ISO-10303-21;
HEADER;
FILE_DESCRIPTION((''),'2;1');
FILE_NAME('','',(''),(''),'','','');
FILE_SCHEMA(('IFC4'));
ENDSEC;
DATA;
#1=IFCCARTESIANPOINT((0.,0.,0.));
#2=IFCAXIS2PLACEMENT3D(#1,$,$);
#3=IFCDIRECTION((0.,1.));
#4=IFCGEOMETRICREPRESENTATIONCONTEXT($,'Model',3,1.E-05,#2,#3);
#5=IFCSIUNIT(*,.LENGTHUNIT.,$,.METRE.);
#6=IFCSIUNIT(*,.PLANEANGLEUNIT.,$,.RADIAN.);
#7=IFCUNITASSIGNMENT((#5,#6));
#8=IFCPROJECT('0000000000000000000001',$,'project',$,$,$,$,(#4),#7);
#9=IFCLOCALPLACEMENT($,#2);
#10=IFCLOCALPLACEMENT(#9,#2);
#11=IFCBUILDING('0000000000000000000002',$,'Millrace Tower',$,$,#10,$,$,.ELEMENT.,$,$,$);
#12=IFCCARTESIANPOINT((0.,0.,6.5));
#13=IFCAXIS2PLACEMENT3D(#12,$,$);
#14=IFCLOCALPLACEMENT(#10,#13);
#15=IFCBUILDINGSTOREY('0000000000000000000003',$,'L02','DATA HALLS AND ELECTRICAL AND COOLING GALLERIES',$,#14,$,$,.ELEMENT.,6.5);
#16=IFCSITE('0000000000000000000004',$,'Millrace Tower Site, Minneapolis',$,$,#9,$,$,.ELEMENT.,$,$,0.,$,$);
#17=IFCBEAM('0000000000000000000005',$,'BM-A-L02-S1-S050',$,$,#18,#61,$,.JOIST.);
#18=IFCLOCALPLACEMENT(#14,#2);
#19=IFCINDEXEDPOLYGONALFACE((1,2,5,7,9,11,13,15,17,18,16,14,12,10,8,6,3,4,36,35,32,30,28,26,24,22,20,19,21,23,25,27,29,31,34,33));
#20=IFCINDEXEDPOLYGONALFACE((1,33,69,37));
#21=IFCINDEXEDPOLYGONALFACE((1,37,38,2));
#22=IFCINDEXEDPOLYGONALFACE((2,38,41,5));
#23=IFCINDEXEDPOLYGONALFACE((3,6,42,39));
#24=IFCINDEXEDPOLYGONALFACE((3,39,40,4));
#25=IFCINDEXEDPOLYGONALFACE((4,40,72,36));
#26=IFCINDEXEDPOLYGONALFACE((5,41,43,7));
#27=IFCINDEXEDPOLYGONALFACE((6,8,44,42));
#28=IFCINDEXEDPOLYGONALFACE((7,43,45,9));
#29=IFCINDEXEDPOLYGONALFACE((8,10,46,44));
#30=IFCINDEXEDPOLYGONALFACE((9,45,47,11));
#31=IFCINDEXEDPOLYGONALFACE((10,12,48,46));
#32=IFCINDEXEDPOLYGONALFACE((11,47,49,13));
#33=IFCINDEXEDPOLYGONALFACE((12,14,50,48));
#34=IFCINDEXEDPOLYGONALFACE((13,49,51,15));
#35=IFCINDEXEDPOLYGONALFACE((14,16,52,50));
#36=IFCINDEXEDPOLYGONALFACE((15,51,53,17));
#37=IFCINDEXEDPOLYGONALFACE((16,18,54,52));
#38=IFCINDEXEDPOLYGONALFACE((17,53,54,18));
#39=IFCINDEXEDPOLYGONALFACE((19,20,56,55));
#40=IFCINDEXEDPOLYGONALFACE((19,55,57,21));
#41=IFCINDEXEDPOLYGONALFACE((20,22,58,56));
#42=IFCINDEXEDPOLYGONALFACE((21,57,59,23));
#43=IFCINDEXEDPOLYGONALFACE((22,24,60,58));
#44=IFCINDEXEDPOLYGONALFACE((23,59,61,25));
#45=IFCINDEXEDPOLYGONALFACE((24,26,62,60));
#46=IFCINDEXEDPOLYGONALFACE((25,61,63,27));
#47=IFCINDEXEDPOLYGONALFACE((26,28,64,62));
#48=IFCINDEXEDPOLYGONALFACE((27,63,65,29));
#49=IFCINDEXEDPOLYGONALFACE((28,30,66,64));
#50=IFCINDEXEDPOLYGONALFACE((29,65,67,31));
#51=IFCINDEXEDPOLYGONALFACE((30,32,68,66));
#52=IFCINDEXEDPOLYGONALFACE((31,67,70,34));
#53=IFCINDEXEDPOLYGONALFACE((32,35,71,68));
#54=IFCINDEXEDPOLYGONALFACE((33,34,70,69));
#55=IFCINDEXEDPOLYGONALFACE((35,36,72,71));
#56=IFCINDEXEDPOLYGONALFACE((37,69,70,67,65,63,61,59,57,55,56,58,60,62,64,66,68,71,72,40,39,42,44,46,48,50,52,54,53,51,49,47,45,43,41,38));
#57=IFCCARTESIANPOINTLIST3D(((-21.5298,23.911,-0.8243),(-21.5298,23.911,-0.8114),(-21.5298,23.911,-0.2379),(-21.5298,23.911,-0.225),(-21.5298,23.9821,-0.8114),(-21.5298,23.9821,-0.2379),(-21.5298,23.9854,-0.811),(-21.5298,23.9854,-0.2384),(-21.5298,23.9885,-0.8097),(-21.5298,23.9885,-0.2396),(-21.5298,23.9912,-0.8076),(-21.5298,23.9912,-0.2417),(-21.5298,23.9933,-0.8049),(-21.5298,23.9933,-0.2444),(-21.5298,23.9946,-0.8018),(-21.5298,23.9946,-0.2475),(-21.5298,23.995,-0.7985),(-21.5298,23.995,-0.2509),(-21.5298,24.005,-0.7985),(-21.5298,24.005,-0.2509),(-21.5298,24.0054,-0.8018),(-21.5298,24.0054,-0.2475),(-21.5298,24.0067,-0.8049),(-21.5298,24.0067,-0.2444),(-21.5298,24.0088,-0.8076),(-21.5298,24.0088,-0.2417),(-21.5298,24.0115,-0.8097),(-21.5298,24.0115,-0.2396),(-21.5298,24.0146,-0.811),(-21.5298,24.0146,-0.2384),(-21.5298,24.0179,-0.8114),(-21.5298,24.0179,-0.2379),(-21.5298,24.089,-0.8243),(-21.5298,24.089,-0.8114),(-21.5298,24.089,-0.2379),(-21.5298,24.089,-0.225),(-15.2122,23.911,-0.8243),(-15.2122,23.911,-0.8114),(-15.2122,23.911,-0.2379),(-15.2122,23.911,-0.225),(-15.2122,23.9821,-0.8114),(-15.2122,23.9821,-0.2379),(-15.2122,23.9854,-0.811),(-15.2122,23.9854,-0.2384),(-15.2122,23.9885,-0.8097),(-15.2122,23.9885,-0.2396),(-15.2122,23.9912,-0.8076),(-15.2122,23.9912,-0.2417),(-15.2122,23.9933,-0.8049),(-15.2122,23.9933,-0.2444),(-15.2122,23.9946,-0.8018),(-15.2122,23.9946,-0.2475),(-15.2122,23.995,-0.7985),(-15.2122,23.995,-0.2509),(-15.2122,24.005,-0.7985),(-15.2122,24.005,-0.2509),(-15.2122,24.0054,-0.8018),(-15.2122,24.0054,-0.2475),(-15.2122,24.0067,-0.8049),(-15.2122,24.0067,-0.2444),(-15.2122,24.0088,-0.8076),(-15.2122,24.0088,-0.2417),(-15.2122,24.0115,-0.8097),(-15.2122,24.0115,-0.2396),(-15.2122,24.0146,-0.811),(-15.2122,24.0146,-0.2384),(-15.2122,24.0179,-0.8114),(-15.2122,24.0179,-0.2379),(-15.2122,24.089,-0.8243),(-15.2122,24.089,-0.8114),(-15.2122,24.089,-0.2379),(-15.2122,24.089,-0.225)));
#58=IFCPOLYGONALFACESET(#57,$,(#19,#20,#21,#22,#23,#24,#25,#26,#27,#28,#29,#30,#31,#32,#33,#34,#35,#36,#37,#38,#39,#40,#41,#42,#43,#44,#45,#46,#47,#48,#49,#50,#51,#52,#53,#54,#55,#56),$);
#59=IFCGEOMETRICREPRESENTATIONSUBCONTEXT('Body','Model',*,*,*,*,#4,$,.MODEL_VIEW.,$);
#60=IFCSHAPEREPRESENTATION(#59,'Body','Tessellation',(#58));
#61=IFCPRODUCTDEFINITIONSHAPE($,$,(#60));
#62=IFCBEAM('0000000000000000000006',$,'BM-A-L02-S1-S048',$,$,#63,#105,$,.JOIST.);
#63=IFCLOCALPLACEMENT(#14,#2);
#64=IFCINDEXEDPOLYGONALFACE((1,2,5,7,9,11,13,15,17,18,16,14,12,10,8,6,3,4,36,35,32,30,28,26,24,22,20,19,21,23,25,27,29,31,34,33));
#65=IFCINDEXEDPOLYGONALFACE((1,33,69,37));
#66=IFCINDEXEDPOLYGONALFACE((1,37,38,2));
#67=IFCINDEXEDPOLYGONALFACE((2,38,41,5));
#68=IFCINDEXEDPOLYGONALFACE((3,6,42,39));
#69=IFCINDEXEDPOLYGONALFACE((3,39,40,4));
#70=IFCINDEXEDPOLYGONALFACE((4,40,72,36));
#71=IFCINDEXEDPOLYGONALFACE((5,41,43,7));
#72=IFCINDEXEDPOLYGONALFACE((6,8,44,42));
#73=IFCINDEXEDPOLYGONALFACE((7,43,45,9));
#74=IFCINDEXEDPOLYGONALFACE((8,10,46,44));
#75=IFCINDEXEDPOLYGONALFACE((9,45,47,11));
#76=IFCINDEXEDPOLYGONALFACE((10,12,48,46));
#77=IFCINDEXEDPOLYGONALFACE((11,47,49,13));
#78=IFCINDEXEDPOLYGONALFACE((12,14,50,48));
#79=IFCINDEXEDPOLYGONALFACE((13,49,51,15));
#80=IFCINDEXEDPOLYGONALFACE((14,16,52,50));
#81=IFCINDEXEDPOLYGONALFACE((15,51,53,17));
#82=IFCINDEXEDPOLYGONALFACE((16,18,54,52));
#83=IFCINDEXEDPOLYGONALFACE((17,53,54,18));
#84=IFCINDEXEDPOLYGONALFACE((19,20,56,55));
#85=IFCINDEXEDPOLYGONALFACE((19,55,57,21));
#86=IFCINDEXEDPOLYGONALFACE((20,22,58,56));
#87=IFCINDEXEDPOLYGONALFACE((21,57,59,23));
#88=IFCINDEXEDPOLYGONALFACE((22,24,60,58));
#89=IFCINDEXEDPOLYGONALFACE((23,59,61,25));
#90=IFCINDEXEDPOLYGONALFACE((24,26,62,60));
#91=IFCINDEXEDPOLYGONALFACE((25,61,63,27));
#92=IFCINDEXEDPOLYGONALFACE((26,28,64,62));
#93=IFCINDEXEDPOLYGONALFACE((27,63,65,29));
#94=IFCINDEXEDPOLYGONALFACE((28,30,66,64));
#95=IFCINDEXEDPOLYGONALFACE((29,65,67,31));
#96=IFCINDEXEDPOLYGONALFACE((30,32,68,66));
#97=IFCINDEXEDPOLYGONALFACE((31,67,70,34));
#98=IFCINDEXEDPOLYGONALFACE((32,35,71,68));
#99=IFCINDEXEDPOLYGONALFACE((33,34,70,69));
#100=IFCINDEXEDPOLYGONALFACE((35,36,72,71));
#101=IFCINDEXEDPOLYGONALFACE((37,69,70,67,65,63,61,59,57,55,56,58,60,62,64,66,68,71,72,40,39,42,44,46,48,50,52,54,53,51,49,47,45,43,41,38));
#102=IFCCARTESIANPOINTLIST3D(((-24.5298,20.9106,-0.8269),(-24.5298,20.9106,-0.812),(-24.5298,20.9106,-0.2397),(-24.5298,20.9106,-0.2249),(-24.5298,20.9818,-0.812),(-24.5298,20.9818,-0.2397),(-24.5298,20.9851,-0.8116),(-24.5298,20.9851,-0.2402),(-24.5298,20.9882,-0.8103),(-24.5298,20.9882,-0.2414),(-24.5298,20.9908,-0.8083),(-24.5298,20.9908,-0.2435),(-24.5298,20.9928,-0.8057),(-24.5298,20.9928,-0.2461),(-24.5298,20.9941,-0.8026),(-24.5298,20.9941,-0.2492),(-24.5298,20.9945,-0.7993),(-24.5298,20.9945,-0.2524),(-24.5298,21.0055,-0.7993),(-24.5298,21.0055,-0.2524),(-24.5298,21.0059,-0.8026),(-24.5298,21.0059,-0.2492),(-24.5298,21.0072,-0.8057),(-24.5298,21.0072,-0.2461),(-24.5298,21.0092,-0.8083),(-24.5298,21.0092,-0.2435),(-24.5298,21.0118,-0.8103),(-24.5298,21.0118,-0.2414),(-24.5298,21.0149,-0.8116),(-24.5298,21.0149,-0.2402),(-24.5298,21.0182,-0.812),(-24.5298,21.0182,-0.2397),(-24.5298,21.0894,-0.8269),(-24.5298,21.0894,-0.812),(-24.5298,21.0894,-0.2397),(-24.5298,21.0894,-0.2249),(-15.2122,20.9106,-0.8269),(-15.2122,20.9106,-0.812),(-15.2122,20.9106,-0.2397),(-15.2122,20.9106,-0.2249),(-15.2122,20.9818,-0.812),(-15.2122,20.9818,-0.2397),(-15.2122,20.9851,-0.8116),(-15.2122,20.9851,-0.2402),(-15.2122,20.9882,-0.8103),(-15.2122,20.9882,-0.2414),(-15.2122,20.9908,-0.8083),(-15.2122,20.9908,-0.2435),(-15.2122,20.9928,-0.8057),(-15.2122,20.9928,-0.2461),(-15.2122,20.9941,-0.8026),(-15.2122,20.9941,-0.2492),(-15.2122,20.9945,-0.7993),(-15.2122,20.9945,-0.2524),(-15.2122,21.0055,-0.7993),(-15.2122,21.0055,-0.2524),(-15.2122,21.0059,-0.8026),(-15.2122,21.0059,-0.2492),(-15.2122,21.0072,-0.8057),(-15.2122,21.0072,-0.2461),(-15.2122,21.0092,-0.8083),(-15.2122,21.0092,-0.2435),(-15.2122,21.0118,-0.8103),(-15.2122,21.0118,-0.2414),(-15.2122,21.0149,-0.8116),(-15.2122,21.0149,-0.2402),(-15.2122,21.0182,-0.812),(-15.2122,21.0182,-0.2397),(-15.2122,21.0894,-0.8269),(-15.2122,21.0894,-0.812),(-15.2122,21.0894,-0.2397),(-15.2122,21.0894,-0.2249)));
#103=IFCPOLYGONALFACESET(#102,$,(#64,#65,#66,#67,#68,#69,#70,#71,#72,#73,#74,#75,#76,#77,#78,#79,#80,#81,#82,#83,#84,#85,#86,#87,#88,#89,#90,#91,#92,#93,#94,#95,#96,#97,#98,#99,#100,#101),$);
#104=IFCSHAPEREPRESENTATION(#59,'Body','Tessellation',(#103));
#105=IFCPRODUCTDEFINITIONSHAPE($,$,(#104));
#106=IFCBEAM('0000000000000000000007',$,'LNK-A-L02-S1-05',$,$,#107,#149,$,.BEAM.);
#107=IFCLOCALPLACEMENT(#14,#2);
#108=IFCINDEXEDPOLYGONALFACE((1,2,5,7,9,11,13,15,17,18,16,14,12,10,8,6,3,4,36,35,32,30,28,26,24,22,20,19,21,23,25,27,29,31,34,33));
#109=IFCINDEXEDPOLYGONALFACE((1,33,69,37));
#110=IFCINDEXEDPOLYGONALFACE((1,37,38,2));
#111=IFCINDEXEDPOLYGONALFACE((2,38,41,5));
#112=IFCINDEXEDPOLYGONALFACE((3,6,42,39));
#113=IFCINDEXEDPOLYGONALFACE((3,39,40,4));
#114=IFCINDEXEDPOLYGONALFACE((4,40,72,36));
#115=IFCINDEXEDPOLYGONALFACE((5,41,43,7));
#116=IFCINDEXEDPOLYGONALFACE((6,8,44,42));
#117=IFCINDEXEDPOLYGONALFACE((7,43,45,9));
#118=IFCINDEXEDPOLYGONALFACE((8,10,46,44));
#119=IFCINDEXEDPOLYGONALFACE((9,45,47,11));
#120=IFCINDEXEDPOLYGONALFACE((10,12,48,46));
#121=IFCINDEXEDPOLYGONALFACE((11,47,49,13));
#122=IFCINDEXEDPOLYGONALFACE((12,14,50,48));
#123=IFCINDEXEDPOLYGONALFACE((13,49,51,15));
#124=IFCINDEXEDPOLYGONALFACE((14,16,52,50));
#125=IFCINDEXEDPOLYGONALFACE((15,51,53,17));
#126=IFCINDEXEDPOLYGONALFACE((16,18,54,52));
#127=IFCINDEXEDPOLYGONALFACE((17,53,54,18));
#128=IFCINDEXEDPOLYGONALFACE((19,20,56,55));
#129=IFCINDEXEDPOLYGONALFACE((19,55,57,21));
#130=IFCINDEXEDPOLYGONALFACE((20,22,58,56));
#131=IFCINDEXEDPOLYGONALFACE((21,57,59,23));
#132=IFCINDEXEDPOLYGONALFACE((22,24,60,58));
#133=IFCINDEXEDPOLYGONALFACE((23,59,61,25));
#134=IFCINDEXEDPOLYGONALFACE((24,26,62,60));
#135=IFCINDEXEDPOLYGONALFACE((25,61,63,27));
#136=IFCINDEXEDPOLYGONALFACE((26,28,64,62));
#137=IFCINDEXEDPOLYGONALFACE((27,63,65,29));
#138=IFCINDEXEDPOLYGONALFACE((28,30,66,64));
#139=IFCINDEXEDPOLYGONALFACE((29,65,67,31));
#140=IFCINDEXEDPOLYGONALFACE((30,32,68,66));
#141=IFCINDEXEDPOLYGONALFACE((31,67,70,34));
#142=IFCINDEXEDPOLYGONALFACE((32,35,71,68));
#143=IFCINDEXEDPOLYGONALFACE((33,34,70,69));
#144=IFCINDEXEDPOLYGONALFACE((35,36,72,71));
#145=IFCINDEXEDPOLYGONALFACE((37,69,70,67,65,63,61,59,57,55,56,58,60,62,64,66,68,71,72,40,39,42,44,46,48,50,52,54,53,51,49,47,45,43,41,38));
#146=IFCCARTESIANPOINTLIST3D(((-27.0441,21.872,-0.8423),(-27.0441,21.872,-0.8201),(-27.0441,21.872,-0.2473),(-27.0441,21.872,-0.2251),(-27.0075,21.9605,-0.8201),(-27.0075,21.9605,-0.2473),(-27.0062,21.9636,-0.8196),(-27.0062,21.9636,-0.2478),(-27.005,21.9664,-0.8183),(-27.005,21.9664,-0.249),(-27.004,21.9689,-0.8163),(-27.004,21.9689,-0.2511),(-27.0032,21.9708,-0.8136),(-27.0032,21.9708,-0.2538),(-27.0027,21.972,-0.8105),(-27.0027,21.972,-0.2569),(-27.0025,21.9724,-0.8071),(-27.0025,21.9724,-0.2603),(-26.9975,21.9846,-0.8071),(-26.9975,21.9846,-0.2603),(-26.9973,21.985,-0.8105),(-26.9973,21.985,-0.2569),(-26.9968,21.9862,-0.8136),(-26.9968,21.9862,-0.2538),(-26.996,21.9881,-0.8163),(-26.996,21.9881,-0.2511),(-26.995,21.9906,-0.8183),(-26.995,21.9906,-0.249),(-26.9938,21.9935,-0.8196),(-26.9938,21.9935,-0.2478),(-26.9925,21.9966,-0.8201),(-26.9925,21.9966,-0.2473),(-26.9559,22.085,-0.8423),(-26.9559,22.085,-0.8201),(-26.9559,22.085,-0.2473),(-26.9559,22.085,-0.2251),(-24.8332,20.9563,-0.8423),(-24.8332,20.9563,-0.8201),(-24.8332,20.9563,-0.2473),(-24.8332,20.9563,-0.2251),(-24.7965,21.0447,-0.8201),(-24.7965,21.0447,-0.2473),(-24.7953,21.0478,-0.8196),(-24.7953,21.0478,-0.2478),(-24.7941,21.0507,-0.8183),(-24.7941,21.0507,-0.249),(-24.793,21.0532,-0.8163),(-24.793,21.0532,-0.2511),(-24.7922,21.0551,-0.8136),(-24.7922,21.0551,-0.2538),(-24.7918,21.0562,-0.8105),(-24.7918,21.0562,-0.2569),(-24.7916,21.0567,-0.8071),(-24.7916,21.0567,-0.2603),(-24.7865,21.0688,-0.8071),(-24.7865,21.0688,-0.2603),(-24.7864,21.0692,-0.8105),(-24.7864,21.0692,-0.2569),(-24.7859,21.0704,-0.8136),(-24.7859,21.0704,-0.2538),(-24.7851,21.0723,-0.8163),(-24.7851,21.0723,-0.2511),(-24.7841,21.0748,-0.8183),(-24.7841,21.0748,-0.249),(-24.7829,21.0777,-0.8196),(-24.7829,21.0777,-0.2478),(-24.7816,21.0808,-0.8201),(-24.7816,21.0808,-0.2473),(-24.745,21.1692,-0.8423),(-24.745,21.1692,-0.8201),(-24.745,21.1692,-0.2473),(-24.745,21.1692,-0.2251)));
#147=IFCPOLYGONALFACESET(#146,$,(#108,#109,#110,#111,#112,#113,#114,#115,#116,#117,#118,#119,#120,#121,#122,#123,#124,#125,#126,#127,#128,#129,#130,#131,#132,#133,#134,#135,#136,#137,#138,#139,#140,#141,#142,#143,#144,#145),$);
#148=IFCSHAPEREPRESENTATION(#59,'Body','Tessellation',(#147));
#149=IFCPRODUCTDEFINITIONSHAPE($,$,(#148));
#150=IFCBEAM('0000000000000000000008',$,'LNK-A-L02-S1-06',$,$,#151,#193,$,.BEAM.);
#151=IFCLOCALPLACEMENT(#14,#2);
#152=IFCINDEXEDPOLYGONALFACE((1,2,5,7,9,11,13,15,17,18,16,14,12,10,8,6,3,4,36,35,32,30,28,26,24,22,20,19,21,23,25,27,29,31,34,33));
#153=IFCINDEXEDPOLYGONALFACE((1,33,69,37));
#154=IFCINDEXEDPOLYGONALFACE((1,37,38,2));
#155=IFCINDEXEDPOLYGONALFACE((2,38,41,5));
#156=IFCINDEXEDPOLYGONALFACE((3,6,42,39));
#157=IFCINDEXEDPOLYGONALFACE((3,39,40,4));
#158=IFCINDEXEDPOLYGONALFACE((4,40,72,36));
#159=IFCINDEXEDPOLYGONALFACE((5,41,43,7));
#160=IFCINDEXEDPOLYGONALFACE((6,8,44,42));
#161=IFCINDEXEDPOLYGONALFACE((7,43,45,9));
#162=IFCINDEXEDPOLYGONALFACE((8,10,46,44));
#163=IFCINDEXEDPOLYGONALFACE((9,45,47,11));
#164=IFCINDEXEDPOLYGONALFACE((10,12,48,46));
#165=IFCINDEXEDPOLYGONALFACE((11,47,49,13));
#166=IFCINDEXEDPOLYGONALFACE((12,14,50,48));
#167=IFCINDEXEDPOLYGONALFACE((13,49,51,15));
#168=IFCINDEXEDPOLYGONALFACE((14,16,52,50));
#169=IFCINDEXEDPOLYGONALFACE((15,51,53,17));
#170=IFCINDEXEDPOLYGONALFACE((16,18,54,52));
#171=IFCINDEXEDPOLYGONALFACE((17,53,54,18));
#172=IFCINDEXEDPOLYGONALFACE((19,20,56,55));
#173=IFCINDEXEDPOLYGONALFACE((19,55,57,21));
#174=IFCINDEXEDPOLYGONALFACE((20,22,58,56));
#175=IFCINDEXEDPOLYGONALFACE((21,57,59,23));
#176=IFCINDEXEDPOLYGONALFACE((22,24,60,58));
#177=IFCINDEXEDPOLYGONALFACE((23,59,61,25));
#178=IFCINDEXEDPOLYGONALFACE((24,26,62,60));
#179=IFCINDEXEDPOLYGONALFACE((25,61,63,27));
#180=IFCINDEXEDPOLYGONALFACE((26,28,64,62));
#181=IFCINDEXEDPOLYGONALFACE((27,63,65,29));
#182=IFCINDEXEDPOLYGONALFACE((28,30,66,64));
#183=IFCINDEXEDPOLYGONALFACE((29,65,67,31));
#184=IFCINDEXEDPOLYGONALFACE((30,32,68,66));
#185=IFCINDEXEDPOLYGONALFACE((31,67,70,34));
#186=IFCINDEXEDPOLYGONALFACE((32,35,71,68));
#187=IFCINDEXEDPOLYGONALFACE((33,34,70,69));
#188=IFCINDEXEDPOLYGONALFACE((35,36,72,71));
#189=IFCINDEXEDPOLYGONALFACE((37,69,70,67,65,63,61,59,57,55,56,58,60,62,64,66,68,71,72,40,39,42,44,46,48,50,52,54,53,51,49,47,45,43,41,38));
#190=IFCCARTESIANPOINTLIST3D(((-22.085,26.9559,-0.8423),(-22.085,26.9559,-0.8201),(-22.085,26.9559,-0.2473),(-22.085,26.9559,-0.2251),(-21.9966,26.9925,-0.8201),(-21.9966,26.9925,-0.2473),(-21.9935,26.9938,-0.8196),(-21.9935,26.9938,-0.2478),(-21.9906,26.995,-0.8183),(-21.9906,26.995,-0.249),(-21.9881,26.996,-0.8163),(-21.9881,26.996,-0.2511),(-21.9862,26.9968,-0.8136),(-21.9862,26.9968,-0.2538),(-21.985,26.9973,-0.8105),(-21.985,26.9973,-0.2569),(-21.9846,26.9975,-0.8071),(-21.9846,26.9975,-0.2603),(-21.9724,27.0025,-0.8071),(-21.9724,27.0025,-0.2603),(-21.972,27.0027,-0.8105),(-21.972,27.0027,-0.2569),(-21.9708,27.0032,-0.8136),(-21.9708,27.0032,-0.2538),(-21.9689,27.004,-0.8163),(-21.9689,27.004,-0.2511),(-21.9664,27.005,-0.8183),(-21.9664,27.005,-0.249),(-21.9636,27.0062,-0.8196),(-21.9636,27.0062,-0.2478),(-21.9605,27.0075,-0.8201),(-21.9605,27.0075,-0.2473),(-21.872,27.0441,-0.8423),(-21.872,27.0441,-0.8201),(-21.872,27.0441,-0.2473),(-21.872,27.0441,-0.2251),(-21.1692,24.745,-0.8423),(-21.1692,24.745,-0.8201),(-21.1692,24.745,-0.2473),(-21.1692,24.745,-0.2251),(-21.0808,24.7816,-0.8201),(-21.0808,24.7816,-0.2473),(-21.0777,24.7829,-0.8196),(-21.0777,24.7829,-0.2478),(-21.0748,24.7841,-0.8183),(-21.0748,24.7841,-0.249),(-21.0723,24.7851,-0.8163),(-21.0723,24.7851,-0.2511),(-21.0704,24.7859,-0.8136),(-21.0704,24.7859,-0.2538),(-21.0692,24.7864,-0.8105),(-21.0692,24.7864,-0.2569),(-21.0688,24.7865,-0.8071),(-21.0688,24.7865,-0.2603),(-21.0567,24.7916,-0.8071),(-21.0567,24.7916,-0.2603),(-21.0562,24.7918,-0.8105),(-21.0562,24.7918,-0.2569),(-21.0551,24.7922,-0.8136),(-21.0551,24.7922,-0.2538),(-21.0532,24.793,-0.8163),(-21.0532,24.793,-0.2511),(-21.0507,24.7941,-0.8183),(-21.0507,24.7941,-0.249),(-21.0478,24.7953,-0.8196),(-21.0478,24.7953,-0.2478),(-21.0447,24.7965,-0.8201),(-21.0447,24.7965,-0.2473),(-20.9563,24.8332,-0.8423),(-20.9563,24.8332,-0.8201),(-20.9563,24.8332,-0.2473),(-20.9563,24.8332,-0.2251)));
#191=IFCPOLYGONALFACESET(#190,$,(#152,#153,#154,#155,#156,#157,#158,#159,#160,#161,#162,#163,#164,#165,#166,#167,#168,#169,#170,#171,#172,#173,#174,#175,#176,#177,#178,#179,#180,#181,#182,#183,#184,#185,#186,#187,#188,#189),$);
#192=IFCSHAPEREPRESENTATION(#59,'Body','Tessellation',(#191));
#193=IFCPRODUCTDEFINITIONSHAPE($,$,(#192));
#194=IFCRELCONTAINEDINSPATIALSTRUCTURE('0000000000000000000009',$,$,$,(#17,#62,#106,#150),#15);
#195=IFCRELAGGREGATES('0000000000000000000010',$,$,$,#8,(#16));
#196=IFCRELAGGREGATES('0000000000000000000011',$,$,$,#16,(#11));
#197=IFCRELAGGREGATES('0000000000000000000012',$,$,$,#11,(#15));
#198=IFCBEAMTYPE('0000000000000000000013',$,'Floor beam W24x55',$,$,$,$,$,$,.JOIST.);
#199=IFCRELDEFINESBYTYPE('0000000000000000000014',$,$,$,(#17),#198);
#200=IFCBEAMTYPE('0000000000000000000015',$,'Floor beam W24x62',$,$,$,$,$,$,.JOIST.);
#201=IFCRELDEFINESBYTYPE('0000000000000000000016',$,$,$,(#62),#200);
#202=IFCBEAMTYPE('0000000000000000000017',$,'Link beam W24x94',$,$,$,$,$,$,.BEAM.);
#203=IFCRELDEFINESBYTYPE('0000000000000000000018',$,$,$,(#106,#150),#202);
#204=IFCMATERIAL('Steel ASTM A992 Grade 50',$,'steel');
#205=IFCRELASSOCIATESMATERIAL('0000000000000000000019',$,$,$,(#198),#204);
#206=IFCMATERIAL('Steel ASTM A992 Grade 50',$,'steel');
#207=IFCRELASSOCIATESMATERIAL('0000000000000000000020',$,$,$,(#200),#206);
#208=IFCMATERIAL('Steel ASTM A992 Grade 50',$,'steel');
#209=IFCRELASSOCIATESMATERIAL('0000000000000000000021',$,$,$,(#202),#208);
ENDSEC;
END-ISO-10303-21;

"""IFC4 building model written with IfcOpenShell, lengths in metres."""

from ifc_helpers import new_model, si_unit, direction, frame, origin, origin_2d, place, context, subcontext, project, spatial, i_section, extrude, material, material_profile, profile_set, type_object, element, save


model = new_model("IFC4")

# Units and contexts
model_context = context("Model", 3, precision=1e-05, world=origin(), true_north=direction((0.0, 1.0)))
body_context = subcontext(model_context, "Body", "Model", "MODEL_VIEW")
ifc_project = project(units=[si_unit("LENGTHUNIT", "METRE"), si_unit("PLANEANGLEUNIT", "RADIAN")], contexts=[model_context])

# Site, building, storey
site_placement = place(None, origin())
site = spatial("IfcSite", under=ifc_project, at=site_placement, Name="Millrace Tower Site, Minneapolis", CompositionType="ELEMENT", RefElevation=0.0)
building_placement = place(site_placement, origin())
building = spatial("IfcBuilding", under=site, at=building_placement, Name="Millrace Tower", CompositionType="ELEMENT")
storey_placement = place(building_placement, frame((0.0, 0.0, 6.5)))
storey = spatial("IfcBuildingStorey", under=building, at=storey_placement, Name="L02", Description="DATA HALLS AND ELECTRICAL AND COOLING GALLERIES", CompositionType="ELEMENT", Elevation=6.5)

# Beams
ifc_material_1 = material(Name="Steel ASTM A992 Grade 50", Category="steel")
ifc_material_profile_1 = material_profile(ifc_material_1, i_section(OverallWidth=0.178, OverallDepth=0.5994, WebThickness=0.01, FlangeThickness=0.0129, FilletRadius=0.0129, at=origin_2d()))
ifc_profile_set_1 = profile_set([ifc_material_profile_1], Name="Steel ASTM A992 Grade 50")
beam_type_1 = type_object("IfcBeamType", Name="Floor beam W24x55", PredefinedType="JOIST", material=ifc_profile_set_1)
beam_1_placement = place(storey_placement, frame((-21.5298, 24.0, -0.5247), z_axis=(1.0, 0.0, 0.0), x_axis=(0.0, 1.0, 0.0)))
element("IfcBeam", 1, at=beam_1_placement, inside=storey, type_object=beam_type_1, Name="BM-A-L02-S1-S050", PredefinedType="JOIST", context=body_context, shape_type="SweptSolid", body=[
    extrude(i_section(OverallWidth=0.178, OverallDepth=0.5994, WebThickness=0.01, FlangeThickness=0.0129, FilletRadius=0.0129, at=origin_2d()), origin(), (0.0, 0.0, 1.0), 6.3176),
])
ifc_material_2 = material(Name="Steel ASTM A992 Grade 50", Category="steel")
ifc_material_profile_2 = material_profile(ifc_material_2, i_section(OverallWidth=0.1787, OverallDepth=0.6021, WebThickness=0.011, FlangeThickness=0.0149, FilletRadius=0.0127, at=origin_2d()))
ifc_profile_set_2 = profile_set([ifc_material_profile_2], Name="Steel ASTM A992 Grade 50")
beam_type_2 = type_object("IfcBeamType", Name="Floor beam W24x62", PredefinedType="JOIST", material=ifc_profile_set_2)
beam_2_placement = place(storey_placement, frame((-24.5298, 21.0, -0.5259), z_axis=(1.0, 0.0, 0.0), x_axis=(0.0, 1.0, 0.0)))
element("IfcBeam", 2, at=beam_2_placement, inside=storey, type_object=beam_type_2, Name="BM-A-L02-S1-S048", PredefinedType="JOIST", context=body_context, shape_type="SweptSolid", body=[
    extrude(i_section(OverallWidth=0.1787, OverallDepth=0.6021, WebThickness=0.011, FlangeThickness=0.0149, FilletRadius=0.0127, at=origin_2d()), origin(), (0.0, 0.0, 1.0), 9.3176),
])
ifc_material_3 = material(Name="Steel ASTM A992 Grade 50", Category="steel")
ifc_material_profile_3 = material_profile(ifc_material_3, i_section(OverallWidth=0.2305, OverallDepth=0.6172, WebThickness=0.0132, FlangeThickness=0.0222, FilletRadius=0.0129, at=origin_2d()))
ifc_profile_set_3 = profile_set([ifc_material_profile_3], Name="Steel ASTM A992 Grade 50")
beam_type_3 = type_object("IfcBeamType", Name="Link beam W24x94", PredefinedType="BEAM", material=ifc_profile_set_3)
for number, where, z_axis, x_axis, name in (
    (3, (-24.7891, 21.0627, -0.5337), (-0.923884, 0.382673, 0.0), (-0.382673, -0.923884, 0.0), "LNK-A-L02-S1-05"),
    (4, (-21.0627, 24.7891, -0.5337), (-0.382673, 0.923884, 0.0), (-0.923884, -0.382673, 0.0), "LNK-A-L02-S1-06"),
):
    element("IfcBeam", number, at=place(storey_placement, frame(where, z_axis=z_axis, x_axis=x_axis)), inside=storey, type_object=beam_type_3, Name=name, PredefinedType="BEAM", context=body_context, shape_type="SweptSolid", body=[
        extrude(i_section(OverallWidth=0.2305, OverallDepth=0.6172, WebThickness=0.0132, FlangeThickness=0.0222, FilletRadius=0.0129, at=origin_2d()), origin(), (0.0, 0.0, 1.0), 2.3931),
    ])

save(model, "model.ifc")
